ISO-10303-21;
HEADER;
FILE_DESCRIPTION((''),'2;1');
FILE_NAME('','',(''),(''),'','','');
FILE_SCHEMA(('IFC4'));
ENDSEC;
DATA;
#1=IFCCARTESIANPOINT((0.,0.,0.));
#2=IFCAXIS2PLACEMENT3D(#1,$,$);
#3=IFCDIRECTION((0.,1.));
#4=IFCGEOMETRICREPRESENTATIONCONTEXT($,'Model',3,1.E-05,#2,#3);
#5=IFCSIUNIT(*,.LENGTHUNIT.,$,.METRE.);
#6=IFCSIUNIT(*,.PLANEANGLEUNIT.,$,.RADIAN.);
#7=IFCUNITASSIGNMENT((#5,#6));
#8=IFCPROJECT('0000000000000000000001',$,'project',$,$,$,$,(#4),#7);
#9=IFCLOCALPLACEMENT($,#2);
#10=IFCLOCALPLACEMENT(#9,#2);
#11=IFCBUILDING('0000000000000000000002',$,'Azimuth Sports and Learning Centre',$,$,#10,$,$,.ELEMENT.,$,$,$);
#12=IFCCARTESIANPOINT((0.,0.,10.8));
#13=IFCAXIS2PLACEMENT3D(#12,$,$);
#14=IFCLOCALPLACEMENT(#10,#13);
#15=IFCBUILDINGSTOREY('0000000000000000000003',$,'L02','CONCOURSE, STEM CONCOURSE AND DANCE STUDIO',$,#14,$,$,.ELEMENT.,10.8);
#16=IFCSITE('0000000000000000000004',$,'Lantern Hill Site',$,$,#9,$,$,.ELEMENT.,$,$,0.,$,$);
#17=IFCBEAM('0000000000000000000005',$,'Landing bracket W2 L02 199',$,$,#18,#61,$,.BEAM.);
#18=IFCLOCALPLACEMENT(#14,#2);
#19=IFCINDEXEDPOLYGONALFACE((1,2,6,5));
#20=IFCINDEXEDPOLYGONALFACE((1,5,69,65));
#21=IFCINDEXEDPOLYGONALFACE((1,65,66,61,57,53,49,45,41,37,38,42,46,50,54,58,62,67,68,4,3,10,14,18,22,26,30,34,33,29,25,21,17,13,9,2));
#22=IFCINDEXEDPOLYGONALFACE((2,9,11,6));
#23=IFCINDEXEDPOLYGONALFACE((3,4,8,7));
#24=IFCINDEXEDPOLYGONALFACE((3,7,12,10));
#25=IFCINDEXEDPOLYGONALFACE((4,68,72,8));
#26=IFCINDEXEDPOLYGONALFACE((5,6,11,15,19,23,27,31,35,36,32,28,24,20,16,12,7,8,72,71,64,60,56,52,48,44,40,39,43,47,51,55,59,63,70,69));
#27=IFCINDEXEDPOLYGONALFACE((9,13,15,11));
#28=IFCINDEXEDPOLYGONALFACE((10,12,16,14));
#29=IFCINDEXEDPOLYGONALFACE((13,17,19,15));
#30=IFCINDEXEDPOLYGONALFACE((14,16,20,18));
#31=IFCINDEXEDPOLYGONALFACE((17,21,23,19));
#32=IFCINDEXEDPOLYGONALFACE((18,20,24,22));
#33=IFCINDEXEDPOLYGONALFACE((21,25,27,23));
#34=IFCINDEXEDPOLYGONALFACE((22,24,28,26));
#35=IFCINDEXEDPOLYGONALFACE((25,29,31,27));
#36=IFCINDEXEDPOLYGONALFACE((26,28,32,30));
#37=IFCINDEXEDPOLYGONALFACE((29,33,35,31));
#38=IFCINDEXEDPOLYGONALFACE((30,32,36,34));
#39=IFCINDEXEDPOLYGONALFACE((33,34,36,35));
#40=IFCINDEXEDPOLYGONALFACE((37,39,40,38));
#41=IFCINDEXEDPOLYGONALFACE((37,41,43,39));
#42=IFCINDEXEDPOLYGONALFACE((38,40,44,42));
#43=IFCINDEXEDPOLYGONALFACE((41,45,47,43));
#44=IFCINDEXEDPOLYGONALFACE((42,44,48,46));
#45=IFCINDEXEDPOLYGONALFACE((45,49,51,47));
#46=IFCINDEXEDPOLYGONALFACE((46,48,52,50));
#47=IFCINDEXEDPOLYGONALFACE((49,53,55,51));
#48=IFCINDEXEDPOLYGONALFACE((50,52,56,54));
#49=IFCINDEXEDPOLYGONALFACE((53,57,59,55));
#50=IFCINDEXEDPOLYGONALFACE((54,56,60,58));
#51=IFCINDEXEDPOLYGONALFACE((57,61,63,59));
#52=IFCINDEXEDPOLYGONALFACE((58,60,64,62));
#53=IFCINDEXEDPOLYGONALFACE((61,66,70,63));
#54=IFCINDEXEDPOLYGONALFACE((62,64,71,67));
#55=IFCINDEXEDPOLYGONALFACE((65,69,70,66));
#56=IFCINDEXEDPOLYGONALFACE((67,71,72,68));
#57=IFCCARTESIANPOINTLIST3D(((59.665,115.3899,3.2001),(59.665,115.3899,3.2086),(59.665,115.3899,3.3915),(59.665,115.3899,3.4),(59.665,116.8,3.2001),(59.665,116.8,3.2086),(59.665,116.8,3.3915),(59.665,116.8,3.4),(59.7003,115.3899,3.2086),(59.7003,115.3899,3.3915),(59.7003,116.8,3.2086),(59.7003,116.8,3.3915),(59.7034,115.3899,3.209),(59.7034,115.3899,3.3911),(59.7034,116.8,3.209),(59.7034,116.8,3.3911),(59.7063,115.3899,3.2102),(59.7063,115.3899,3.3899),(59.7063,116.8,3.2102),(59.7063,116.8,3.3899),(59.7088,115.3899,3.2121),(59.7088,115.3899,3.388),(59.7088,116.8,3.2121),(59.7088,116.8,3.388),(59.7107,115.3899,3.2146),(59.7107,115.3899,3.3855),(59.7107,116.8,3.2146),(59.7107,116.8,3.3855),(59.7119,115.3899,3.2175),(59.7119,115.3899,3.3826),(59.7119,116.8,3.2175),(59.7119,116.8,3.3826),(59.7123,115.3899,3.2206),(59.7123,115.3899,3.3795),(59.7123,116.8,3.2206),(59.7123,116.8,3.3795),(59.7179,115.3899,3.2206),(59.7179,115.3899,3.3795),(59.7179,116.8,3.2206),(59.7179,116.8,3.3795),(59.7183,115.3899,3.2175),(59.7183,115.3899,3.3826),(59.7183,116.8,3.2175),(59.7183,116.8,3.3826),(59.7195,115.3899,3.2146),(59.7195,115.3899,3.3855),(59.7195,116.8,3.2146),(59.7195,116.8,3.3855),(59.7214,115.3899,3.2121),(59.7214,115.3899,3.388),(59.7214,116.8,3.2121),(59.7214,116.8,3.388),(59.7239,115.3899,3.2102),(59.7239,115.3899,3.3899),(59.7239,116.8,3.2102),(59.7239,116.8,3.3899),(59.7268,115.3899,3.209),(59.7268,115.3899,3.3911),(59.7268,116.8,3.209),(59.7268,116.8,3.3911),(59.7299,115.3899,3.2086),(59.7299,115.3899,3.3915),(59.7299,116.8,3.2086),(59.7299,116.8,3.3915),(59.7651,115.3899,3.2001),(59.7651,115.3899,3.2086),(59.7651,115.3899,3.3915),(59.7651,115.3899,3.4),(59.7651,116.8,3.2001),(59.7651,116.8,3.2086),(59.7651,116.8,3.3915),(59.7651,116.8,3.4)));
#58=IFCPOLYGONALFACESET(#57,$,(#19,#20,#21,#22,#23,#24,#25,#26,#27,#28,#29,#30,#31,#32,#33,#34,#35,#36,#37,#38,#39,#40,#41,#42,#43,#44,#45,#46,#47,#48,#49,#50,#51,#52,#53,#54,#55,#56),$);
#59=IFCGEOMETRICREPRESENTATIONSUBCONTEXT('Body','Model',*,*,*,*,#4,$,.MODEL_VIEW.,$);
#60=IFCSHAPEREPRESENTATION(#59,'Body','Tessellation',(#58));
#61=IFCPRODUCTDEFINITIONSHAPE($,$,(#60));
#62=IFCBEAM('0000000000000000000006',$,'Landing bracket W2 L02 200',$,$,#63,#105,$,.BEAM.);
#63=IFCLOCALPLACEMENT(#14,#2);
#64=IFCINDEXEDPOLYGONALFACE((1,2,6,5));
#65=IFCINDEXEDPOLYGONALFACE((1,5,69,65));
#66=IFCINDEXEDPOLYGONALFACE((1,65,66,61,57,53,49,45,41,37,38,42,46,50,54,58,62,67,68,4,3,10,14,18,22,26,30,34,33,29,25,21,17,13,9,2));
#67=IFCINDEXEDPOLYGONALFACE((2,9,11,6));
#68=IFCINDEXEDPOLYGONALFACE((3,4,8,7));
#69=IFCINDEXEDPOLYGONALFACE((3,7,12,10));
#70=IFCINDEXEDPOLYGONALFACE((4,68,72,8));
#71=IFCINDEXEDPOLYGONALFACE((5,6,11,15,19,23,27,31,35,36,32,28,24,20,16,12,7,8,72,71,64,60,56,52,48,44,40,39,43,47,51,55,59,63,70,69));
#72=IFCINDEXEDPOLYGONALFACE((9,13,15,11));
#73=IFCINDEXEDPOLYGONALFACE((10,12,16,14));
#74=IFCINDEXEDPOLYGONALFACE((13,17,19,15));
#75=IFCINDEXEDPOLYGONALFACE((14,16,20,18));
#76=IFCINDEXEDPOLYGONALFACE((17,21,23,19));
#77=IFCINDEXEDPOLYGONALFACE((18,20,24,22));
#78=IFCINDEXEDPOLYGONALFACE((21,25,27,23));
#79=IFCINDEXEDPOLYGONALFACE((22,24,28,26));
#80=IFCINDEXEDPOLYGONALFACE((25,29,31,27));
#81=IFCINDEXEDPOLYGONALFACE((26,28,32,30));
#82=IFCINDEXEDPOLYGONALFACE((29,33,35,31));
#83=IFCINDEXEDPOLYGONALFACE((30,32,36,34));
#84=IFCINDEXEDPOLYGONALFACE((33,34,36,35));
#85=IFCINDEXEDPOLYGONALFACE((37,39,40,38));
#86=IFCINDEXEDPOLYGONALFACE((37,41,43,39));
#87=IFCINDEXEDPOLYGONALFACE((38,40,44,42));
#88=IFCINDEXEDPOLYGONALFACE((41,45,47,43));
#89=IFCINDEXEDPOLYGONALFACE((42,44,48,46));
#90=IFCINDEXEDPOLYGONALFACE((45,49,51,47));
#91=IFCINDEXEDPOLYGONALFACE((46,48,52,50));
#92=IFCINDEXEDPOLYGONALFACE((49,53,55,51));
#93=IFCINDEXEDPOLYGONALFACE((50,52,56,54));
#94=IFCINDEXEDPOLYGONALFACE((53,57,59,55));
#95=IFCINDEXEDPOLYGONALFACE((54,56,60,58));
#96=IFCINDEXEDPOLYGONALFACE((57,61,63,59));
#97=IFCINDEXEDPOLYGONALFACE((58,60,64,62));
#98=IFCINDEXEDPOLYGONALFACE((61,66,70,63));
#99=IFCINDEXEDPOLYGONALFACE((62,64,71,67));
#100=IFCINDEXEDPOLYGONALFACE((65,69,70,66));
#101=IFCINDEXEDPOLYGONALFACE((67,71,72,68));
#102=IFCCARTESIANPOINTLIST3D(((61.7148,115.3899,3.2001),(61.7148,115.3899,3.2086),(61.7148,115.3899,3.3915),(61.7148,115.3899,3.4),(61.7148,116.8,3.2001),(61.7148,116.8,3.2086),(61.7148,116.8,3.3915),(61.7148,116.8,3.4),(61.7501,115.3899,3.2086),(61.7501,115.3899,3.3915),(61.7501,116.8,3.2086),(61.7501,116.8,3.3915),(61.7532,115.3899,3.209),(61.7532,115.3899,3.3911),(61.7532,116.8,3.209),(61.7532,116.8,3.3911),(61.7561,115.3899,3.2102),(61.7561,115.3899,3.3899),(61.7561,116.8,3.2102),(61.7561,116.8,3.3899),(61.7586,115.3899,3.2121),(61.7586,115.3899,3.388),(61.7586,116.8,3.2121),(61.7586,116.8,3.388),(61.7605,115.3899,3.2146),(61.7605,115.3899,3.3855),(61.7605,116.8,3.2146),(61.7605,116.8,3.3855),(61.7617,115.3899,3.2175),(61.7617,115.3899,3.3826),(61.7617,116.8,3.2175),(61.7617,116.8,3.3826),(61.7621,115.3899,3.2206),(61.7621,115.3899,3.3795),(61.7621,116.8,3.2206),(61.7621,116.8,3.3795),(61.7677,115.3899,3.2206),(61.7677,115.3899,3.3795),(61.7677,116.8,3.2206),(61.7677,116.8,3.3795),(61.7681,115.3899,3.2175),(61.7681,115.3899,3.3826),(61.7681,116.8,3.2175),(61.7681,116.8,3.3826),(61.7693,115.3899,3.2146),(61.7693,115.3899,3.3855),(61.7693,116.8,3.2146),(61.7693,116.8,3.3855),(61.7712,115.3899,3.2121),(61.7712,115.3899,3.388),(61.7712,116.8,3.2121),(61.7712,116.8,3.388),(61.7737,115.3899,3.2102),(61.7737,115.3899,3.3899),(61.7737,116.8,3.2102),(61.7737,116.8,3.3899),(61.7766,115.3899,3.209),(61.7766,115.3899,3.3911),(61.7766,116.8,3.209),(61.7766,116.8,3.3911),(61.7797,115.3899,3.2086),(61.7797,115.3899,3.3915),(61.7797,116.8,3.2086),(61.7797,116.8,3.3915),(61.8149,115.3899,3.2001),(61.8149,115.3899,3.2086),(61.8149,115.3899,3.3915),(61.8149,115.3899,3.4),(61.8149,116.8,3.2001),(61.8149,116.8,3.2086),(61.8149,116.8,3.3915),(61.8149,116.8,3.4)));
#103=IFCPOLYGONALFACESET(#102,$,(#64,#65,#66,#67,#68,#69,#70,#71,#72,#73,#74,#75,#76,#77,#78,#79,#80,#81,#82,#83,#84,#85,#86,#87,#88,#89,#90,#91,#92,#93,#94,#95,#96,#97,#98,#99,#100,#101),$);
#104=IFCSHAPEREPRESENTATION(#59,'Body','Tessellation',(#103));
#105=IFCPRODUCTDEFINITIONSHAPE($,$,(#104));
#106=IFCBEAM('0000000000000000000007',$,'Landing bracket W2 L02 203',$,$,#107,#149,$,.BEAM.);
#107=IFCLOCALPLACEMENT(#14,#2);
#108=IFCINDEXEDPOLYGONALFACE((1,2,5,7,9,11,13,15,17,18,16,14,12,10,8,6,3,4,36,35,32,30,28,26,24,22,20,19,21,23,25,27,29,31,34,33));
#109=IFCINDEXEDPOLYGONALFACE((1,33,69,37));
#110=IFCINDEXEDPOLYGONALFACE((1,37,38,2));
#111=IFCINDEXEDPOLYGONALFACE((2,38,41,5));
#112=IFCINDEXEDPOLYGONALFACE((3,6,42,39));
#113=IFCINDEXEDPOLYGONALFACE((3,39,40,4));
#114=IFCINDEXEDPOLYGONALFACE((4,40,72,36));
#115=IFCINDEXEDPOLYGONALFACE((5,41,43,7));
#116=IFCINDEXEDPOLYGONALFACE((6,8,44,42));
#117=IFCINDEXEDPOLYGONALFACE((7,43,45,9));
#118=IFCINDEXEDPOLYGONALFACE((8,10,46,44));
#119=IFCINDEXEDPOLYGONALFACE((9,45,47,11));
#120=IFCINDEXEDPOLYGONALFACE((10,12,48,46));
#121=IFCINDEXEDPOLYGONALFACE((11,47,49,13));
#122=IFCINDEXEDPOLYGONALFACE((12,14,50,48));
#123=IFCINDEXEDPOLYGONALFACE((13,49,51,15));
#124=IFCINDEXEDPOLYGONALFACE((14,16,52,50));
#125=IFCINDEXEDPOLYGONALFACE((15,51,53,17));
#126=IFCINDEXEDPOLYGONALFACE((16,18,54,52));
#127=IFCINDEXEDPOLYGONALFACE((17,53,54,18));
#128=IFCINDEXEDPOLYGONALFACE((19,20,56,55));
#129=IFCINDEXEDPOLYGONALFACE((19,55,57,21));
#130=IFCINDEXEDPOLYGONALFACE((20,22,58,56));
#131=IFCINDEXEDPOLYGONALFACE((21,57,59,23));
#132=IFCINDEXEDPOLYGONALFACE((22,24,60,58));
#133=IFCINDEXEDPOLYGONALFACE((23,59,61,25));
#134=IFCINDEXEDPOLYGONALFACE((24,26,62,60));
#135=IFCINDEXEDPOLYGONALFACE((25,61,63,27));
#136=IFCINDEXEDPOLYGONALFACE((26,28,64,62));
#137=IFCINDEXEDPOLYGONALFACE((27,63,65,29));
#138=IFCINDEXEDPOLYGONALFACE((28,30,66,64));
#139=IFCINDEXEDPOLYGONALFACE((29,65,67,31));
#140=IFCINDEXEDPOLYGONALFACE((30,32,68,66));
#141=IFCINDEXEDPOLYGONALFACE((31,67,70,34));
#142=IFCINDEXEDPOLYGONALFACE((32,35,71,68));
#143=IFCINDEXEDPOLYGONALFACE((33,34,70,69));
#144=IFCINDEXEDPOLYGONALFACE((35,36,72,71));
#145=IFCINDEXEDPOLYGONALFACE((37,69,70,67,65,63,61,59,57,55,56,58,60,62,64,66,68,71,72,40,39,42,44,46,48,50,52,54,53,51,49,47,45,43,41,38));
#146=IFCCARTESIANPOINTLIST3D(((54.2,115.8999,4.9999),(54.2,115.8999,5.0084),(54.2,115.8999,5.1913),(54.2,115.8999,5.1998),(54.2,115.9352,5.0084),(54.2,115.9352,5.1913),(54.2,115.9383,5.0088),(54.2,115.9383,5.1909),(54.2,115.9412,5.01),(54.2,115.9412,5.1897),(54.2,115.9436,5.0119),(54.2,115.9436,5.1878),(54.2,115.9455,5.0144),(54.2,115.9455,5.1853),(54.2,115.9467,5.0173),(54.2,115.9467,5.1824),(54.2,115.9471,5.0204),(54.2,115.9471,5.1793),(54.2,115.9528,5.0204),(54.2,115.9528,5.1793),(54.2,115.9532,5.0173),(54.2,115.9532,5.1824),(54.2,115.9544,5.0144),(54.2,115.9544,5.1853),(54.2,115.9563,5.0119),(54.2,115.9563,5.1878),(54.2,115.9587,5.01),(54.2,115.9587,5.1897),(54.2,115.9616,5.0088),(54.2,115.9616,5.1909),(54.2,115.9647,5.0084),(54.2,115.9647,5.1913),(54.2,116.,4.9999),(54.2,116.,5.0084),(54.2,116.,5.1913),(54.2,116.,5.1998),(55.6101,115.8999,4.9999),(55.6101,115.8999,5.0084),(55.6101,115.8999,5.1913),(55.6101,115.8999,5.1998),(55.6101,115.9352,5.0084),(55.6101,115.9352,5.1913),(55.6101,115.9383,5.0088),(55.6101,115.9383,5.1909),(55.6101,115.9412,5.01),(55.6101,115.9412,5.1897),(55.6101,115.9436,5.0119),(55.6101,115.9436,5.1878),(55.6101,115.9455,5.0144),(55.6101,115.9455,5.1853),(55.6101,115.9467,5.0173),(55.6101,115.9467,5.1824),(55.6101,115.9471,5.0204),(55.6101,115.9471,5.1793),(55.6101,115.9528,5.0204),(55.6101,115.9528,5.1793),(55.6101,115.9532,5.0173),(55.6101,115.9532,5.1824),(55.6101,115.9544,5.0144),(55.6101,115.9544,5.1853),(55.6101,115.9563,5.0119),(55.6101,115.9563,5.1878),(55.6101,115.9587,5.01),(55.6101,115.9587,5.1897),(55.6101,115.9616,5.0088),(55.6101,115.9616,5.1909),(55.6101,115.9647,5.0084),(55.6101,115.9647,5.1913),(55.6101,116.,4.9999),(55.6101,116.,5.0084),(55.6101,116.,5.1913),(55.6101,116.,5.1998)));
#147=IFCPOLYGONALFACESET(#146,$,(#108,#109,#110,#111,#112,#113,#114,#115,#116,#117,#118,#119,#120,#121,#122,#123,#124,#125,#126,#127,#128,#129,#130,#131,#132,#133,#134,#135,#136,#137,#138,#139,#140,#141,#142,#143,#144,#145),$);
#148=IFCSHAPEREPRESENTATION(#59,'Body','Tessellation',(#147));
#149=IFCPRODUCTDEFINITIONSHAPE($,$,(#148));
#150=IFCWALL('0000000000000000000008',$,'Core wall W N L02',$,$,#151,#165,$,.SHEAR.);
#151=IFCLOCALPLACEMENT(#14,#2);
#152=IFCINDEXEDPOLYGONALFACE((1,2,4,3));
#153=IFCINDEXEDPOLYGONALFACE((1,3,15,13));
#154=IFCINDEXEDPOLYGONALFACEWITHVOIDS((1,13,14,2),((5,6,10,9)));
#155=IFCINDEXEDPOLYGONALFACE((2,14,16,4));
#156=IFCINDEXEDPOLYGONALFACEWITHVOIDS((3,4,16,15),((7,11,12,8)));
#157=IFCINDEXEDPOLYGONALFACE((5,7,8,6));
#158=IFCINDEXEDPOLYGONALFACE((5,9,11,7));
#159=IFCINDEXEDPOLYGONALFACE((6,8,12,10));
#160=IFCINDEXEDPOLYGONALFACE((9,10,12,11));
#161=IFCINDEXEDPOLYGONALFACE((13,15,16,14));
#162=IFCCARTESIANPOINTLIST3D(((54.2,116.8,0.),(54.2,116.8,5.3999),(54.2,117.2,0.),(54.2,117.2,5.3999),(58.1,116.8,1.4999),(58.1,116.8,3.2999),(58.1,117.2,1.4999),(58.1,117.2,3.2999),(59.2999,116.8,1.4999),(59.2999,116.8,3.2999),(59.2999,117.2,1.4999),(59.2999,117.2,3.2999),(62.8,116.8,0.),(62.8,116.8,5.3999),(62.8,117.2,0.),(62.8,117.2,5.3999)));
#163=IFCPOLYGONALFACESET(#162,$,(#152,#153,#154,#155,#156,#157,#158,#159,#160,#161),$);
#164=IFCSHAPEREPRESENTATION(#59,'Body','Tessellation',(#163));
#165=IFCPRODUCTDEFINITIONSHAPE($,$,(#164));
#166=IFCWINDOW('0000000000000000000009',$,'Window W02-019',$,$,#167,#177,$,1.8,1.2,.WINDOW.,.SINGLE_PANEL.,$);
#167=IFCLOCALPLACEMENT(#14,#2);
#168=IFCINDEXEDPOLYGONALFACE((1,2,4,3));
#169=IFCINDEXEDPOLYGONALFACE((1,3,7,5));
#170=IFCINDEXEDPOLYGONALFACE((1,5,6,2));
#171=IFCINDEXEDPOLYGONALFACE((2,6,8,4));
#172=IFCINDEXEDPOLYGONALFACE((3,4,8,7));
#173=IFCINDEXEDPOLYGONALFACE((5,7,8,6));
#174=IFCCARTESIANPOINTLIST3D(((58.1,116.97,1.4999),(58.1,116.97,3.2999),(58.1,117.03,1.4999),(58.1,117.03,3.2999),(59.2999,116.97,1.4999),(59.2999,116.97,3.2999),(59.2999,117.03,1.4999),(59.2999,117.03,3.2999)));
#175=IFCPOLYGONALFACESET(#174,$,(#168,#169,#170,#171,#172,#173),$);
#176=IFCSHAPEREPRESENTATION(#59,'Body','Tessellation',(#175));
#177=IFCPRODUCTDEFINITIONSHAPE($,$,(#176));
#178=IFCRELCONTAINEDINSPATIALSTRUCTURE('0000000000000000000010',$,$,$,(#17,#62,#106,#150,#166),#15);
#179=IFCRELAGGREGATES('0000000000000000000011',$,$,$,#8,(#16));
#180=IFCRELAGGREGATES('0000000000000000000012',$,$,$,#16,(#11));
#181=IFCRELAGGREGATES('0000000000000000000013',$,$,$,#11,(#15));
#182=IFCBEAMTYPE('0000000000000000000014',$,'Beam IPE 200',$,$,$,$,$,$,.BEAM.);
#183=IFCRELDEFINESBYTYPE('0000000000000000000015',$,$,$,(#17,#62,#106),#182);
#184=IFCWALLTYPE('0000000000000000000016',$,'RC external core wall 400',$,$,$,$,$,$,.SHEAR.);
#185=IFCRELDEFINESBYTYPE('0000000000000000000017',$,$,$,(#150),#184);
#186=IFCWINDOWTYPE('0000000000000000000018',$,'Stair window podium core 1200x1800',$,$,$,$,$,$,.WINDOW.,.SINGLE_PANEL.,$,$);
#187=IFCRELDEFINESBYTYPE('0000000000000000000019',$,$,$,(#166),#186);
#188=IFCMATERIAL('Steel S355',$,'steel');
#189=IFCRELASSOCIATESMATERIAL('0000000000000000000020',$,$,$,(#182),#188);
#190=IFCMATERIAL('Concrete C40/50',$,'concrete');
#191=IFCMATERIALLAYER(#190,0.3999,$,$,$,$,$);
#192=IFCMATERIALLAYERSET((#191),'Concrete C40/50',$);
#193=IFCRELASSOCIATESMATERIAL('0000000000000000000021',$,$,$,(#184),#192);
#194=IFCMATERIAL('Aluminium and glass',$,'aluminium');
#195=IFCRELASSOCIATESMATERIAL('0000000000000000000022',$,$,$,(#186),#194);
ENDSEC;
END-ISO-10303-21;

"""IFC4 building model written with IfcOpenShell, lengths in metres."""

from ifc_helpers import new_model, si_unit, direction, frame, frame_2d, origin, origin_2d, place, context, subcontext, project, spatial, rectangle, i_section, extrude, material, layer, layer_set, material_profile, profile_set, type_object, element, fill, save


model = new_model("IFC4")

# Units and contexts
model_context = context("Model", 3, precision=1e-05, world=origin(), true_north=direction((0.0, 1.0)))
body_context = subcontext(model_context, "Body", "Model", "MODEL_VIEW")
ifc_project = project(units=[si_unit("LENGTHUNIT", "METRE"), si_unit("PLANEANGLEUNIT", "RADIAN")], contexts=[model_context])

# Site, building, storey
site_placement = place(None, origin())
site = spatial("IfcSite", under=ifc_project, at=site_placement, Name="Lantern Hill Site", CompositionType="ELEMENT", RefElevation=0.0)
building_placement = place(site_placement, origin())
building = spatial("IfcBuilding", under=site, at=building_placement, Name="Azimuth Sports and Learning Centre", CompositionType="ELEMENT")
storey_placement = place(building_placement, frame((0.0, 0.0, 10.8)))
storey = spatial("IfcBuildingStorey", under=building, at=storey_placement, Name="L02", Description="CONCOURSE, STEM CONCOURSE AND DANCE STUDIO", CompositionType="ELEMENT", Elevation=10.8)

# Beams
ifc_material_1 = material(Name="Steel S355", Category="steel")
ifc_material_profile = material_profile(ifc_material_1, i_section(OverallWidth=0.1001, OverallDepth=0.2, WebThickness=0.0056, FlangeThickness=0.0085, FilletRadius=0.012, at=origin_2d()), Name="IPE 200")
ifc_profile_set = profile_set([ifc_material_profile], Name="Steel S355")
beam_type = type_object("IfcBeamType", Name="Beam IPE 200", PredefinedType="BEAM", material=ifc_profile_set)
for number, where, z_axis, x_axis, name in (
    (1, (59.7151, 116.8, 3.3), (0.0, -1.0, 0.0), (1.0, 0.0, 0.0), "Landing bracket W2 L02 199"),
    (2, (61.7649, 116.8, 3.3), (0.0, -1.0, 0.0), (1.0, 0.0, 0.0), "Landing bracket W2 L02 200"),
    (3, (54.2, 115.95, 5.0999), (1.0, 0.0, 0.0), (0.0, 1.0, 0.0), "Landing bracket W2 L02 203"),
):
    element("IfcBeam", number, at=place(storey_placement, frame(where, z_axis=z_axis, x_axis=x_axis)), inside=storey, type_object=beam_type, Name=name, PredefinedType="BEAM", context=body_context, shape_type="SweptSolid", body=[
        extrude(i_section(OverallWidth=0.1001, OverallDepth=0.2, WebThickness=0.0056, FlangeThickness=0.0085, FilletRadius=0.012, at=origin_2d()), origin(), (0.0, 0.0, 1.0), 1.4102),
    ])

# Wall, opening, window
ifc_material_2 = material(Name="Concrete C40/50", Category="concrete")
ifc_layer_1 = layer(ifc_material_2, 0.3999)
ifc_layer_set_1 = layer_set([ifc_layer_1], Name="Concrete C40/50")
wall_type = type_object("IfcWallType", Name="RC external core wall 400", PredefinedType="SHEAR", material=ifc_layer_set_1)
wall_placement = place(storey_placement, frame((54.2, 117.0, 0.0), z_axis=(0.0, 0.0, 1.0), x_axis=(1.0, 0.0, 0.0)))
wall = element("IfcWall", 4, at=wall_placement, inside=storey, type_object=wall_type, Name="Core wall W N L02", PredefinedType="SHEAR", context=body_context, shape_type="SweptSolid", body=[
    extrude(rectangle(XDim=8.6001, YDim=0.3999, at=frame_2d((4.3, 0.0))), origin(), (0.0, 0.0, 1.0), 5.3999),
])
opening_placement = place(wall_placement, frame((3.8999, 0.0, 1.5)))
opening = element("IfcOpeningElement", 5, at=opening_placement, cuts=wall, PredefinedType="OPENING", context=body_context, shape_type="SweptSolid", body=[
    extrude(rectangle(XDim=1.2, YDim=1.8, at=frame_2d((0.6001, 0.8999))), frame((0.0, 0.2109, 0.0), z_axis=(0.0, -1.0, 0.0), x_axis=(1.0, 0.0, 0.0)), (0.0, 0.0, 1.0), 0.4219),
])
ifc_material_3 = material(Name="Aluminium and glass", Category="aluminium")
window_type = type_object("IfcWindowType", Name="Stair window podium core 1200x1800", PartitioningType="SINGLE_PANEL", PredefinedType="WINDOW", material=ifc_material_3)
window_placement = place(opening_placement, origin())
window = element("IfcWindow", 6, at=window_placement, inside=storey, type_object=window_type, Name="Window W02-019", OverallHeight=1.8, OverallWidth=1.2, PartitioningType="SINGLE_PANEL", PredefinedType="WINDOW", context=body_context, shape_type="SweptSolid", body=[
    extrude(rectangle(XDim=1.2, YDim=1.8, at=frame_2d((0.6001, 0.8999))), frame((0.0, 0.03, 0.0), z_axis=(0.0, -1.0, 0.0), x_axis=(1.0, 0.0, 0.0)), (0.0, 0.0, 1.0), 0.0601),
])
fill(opening, window)

save(model, "model.ifc")
